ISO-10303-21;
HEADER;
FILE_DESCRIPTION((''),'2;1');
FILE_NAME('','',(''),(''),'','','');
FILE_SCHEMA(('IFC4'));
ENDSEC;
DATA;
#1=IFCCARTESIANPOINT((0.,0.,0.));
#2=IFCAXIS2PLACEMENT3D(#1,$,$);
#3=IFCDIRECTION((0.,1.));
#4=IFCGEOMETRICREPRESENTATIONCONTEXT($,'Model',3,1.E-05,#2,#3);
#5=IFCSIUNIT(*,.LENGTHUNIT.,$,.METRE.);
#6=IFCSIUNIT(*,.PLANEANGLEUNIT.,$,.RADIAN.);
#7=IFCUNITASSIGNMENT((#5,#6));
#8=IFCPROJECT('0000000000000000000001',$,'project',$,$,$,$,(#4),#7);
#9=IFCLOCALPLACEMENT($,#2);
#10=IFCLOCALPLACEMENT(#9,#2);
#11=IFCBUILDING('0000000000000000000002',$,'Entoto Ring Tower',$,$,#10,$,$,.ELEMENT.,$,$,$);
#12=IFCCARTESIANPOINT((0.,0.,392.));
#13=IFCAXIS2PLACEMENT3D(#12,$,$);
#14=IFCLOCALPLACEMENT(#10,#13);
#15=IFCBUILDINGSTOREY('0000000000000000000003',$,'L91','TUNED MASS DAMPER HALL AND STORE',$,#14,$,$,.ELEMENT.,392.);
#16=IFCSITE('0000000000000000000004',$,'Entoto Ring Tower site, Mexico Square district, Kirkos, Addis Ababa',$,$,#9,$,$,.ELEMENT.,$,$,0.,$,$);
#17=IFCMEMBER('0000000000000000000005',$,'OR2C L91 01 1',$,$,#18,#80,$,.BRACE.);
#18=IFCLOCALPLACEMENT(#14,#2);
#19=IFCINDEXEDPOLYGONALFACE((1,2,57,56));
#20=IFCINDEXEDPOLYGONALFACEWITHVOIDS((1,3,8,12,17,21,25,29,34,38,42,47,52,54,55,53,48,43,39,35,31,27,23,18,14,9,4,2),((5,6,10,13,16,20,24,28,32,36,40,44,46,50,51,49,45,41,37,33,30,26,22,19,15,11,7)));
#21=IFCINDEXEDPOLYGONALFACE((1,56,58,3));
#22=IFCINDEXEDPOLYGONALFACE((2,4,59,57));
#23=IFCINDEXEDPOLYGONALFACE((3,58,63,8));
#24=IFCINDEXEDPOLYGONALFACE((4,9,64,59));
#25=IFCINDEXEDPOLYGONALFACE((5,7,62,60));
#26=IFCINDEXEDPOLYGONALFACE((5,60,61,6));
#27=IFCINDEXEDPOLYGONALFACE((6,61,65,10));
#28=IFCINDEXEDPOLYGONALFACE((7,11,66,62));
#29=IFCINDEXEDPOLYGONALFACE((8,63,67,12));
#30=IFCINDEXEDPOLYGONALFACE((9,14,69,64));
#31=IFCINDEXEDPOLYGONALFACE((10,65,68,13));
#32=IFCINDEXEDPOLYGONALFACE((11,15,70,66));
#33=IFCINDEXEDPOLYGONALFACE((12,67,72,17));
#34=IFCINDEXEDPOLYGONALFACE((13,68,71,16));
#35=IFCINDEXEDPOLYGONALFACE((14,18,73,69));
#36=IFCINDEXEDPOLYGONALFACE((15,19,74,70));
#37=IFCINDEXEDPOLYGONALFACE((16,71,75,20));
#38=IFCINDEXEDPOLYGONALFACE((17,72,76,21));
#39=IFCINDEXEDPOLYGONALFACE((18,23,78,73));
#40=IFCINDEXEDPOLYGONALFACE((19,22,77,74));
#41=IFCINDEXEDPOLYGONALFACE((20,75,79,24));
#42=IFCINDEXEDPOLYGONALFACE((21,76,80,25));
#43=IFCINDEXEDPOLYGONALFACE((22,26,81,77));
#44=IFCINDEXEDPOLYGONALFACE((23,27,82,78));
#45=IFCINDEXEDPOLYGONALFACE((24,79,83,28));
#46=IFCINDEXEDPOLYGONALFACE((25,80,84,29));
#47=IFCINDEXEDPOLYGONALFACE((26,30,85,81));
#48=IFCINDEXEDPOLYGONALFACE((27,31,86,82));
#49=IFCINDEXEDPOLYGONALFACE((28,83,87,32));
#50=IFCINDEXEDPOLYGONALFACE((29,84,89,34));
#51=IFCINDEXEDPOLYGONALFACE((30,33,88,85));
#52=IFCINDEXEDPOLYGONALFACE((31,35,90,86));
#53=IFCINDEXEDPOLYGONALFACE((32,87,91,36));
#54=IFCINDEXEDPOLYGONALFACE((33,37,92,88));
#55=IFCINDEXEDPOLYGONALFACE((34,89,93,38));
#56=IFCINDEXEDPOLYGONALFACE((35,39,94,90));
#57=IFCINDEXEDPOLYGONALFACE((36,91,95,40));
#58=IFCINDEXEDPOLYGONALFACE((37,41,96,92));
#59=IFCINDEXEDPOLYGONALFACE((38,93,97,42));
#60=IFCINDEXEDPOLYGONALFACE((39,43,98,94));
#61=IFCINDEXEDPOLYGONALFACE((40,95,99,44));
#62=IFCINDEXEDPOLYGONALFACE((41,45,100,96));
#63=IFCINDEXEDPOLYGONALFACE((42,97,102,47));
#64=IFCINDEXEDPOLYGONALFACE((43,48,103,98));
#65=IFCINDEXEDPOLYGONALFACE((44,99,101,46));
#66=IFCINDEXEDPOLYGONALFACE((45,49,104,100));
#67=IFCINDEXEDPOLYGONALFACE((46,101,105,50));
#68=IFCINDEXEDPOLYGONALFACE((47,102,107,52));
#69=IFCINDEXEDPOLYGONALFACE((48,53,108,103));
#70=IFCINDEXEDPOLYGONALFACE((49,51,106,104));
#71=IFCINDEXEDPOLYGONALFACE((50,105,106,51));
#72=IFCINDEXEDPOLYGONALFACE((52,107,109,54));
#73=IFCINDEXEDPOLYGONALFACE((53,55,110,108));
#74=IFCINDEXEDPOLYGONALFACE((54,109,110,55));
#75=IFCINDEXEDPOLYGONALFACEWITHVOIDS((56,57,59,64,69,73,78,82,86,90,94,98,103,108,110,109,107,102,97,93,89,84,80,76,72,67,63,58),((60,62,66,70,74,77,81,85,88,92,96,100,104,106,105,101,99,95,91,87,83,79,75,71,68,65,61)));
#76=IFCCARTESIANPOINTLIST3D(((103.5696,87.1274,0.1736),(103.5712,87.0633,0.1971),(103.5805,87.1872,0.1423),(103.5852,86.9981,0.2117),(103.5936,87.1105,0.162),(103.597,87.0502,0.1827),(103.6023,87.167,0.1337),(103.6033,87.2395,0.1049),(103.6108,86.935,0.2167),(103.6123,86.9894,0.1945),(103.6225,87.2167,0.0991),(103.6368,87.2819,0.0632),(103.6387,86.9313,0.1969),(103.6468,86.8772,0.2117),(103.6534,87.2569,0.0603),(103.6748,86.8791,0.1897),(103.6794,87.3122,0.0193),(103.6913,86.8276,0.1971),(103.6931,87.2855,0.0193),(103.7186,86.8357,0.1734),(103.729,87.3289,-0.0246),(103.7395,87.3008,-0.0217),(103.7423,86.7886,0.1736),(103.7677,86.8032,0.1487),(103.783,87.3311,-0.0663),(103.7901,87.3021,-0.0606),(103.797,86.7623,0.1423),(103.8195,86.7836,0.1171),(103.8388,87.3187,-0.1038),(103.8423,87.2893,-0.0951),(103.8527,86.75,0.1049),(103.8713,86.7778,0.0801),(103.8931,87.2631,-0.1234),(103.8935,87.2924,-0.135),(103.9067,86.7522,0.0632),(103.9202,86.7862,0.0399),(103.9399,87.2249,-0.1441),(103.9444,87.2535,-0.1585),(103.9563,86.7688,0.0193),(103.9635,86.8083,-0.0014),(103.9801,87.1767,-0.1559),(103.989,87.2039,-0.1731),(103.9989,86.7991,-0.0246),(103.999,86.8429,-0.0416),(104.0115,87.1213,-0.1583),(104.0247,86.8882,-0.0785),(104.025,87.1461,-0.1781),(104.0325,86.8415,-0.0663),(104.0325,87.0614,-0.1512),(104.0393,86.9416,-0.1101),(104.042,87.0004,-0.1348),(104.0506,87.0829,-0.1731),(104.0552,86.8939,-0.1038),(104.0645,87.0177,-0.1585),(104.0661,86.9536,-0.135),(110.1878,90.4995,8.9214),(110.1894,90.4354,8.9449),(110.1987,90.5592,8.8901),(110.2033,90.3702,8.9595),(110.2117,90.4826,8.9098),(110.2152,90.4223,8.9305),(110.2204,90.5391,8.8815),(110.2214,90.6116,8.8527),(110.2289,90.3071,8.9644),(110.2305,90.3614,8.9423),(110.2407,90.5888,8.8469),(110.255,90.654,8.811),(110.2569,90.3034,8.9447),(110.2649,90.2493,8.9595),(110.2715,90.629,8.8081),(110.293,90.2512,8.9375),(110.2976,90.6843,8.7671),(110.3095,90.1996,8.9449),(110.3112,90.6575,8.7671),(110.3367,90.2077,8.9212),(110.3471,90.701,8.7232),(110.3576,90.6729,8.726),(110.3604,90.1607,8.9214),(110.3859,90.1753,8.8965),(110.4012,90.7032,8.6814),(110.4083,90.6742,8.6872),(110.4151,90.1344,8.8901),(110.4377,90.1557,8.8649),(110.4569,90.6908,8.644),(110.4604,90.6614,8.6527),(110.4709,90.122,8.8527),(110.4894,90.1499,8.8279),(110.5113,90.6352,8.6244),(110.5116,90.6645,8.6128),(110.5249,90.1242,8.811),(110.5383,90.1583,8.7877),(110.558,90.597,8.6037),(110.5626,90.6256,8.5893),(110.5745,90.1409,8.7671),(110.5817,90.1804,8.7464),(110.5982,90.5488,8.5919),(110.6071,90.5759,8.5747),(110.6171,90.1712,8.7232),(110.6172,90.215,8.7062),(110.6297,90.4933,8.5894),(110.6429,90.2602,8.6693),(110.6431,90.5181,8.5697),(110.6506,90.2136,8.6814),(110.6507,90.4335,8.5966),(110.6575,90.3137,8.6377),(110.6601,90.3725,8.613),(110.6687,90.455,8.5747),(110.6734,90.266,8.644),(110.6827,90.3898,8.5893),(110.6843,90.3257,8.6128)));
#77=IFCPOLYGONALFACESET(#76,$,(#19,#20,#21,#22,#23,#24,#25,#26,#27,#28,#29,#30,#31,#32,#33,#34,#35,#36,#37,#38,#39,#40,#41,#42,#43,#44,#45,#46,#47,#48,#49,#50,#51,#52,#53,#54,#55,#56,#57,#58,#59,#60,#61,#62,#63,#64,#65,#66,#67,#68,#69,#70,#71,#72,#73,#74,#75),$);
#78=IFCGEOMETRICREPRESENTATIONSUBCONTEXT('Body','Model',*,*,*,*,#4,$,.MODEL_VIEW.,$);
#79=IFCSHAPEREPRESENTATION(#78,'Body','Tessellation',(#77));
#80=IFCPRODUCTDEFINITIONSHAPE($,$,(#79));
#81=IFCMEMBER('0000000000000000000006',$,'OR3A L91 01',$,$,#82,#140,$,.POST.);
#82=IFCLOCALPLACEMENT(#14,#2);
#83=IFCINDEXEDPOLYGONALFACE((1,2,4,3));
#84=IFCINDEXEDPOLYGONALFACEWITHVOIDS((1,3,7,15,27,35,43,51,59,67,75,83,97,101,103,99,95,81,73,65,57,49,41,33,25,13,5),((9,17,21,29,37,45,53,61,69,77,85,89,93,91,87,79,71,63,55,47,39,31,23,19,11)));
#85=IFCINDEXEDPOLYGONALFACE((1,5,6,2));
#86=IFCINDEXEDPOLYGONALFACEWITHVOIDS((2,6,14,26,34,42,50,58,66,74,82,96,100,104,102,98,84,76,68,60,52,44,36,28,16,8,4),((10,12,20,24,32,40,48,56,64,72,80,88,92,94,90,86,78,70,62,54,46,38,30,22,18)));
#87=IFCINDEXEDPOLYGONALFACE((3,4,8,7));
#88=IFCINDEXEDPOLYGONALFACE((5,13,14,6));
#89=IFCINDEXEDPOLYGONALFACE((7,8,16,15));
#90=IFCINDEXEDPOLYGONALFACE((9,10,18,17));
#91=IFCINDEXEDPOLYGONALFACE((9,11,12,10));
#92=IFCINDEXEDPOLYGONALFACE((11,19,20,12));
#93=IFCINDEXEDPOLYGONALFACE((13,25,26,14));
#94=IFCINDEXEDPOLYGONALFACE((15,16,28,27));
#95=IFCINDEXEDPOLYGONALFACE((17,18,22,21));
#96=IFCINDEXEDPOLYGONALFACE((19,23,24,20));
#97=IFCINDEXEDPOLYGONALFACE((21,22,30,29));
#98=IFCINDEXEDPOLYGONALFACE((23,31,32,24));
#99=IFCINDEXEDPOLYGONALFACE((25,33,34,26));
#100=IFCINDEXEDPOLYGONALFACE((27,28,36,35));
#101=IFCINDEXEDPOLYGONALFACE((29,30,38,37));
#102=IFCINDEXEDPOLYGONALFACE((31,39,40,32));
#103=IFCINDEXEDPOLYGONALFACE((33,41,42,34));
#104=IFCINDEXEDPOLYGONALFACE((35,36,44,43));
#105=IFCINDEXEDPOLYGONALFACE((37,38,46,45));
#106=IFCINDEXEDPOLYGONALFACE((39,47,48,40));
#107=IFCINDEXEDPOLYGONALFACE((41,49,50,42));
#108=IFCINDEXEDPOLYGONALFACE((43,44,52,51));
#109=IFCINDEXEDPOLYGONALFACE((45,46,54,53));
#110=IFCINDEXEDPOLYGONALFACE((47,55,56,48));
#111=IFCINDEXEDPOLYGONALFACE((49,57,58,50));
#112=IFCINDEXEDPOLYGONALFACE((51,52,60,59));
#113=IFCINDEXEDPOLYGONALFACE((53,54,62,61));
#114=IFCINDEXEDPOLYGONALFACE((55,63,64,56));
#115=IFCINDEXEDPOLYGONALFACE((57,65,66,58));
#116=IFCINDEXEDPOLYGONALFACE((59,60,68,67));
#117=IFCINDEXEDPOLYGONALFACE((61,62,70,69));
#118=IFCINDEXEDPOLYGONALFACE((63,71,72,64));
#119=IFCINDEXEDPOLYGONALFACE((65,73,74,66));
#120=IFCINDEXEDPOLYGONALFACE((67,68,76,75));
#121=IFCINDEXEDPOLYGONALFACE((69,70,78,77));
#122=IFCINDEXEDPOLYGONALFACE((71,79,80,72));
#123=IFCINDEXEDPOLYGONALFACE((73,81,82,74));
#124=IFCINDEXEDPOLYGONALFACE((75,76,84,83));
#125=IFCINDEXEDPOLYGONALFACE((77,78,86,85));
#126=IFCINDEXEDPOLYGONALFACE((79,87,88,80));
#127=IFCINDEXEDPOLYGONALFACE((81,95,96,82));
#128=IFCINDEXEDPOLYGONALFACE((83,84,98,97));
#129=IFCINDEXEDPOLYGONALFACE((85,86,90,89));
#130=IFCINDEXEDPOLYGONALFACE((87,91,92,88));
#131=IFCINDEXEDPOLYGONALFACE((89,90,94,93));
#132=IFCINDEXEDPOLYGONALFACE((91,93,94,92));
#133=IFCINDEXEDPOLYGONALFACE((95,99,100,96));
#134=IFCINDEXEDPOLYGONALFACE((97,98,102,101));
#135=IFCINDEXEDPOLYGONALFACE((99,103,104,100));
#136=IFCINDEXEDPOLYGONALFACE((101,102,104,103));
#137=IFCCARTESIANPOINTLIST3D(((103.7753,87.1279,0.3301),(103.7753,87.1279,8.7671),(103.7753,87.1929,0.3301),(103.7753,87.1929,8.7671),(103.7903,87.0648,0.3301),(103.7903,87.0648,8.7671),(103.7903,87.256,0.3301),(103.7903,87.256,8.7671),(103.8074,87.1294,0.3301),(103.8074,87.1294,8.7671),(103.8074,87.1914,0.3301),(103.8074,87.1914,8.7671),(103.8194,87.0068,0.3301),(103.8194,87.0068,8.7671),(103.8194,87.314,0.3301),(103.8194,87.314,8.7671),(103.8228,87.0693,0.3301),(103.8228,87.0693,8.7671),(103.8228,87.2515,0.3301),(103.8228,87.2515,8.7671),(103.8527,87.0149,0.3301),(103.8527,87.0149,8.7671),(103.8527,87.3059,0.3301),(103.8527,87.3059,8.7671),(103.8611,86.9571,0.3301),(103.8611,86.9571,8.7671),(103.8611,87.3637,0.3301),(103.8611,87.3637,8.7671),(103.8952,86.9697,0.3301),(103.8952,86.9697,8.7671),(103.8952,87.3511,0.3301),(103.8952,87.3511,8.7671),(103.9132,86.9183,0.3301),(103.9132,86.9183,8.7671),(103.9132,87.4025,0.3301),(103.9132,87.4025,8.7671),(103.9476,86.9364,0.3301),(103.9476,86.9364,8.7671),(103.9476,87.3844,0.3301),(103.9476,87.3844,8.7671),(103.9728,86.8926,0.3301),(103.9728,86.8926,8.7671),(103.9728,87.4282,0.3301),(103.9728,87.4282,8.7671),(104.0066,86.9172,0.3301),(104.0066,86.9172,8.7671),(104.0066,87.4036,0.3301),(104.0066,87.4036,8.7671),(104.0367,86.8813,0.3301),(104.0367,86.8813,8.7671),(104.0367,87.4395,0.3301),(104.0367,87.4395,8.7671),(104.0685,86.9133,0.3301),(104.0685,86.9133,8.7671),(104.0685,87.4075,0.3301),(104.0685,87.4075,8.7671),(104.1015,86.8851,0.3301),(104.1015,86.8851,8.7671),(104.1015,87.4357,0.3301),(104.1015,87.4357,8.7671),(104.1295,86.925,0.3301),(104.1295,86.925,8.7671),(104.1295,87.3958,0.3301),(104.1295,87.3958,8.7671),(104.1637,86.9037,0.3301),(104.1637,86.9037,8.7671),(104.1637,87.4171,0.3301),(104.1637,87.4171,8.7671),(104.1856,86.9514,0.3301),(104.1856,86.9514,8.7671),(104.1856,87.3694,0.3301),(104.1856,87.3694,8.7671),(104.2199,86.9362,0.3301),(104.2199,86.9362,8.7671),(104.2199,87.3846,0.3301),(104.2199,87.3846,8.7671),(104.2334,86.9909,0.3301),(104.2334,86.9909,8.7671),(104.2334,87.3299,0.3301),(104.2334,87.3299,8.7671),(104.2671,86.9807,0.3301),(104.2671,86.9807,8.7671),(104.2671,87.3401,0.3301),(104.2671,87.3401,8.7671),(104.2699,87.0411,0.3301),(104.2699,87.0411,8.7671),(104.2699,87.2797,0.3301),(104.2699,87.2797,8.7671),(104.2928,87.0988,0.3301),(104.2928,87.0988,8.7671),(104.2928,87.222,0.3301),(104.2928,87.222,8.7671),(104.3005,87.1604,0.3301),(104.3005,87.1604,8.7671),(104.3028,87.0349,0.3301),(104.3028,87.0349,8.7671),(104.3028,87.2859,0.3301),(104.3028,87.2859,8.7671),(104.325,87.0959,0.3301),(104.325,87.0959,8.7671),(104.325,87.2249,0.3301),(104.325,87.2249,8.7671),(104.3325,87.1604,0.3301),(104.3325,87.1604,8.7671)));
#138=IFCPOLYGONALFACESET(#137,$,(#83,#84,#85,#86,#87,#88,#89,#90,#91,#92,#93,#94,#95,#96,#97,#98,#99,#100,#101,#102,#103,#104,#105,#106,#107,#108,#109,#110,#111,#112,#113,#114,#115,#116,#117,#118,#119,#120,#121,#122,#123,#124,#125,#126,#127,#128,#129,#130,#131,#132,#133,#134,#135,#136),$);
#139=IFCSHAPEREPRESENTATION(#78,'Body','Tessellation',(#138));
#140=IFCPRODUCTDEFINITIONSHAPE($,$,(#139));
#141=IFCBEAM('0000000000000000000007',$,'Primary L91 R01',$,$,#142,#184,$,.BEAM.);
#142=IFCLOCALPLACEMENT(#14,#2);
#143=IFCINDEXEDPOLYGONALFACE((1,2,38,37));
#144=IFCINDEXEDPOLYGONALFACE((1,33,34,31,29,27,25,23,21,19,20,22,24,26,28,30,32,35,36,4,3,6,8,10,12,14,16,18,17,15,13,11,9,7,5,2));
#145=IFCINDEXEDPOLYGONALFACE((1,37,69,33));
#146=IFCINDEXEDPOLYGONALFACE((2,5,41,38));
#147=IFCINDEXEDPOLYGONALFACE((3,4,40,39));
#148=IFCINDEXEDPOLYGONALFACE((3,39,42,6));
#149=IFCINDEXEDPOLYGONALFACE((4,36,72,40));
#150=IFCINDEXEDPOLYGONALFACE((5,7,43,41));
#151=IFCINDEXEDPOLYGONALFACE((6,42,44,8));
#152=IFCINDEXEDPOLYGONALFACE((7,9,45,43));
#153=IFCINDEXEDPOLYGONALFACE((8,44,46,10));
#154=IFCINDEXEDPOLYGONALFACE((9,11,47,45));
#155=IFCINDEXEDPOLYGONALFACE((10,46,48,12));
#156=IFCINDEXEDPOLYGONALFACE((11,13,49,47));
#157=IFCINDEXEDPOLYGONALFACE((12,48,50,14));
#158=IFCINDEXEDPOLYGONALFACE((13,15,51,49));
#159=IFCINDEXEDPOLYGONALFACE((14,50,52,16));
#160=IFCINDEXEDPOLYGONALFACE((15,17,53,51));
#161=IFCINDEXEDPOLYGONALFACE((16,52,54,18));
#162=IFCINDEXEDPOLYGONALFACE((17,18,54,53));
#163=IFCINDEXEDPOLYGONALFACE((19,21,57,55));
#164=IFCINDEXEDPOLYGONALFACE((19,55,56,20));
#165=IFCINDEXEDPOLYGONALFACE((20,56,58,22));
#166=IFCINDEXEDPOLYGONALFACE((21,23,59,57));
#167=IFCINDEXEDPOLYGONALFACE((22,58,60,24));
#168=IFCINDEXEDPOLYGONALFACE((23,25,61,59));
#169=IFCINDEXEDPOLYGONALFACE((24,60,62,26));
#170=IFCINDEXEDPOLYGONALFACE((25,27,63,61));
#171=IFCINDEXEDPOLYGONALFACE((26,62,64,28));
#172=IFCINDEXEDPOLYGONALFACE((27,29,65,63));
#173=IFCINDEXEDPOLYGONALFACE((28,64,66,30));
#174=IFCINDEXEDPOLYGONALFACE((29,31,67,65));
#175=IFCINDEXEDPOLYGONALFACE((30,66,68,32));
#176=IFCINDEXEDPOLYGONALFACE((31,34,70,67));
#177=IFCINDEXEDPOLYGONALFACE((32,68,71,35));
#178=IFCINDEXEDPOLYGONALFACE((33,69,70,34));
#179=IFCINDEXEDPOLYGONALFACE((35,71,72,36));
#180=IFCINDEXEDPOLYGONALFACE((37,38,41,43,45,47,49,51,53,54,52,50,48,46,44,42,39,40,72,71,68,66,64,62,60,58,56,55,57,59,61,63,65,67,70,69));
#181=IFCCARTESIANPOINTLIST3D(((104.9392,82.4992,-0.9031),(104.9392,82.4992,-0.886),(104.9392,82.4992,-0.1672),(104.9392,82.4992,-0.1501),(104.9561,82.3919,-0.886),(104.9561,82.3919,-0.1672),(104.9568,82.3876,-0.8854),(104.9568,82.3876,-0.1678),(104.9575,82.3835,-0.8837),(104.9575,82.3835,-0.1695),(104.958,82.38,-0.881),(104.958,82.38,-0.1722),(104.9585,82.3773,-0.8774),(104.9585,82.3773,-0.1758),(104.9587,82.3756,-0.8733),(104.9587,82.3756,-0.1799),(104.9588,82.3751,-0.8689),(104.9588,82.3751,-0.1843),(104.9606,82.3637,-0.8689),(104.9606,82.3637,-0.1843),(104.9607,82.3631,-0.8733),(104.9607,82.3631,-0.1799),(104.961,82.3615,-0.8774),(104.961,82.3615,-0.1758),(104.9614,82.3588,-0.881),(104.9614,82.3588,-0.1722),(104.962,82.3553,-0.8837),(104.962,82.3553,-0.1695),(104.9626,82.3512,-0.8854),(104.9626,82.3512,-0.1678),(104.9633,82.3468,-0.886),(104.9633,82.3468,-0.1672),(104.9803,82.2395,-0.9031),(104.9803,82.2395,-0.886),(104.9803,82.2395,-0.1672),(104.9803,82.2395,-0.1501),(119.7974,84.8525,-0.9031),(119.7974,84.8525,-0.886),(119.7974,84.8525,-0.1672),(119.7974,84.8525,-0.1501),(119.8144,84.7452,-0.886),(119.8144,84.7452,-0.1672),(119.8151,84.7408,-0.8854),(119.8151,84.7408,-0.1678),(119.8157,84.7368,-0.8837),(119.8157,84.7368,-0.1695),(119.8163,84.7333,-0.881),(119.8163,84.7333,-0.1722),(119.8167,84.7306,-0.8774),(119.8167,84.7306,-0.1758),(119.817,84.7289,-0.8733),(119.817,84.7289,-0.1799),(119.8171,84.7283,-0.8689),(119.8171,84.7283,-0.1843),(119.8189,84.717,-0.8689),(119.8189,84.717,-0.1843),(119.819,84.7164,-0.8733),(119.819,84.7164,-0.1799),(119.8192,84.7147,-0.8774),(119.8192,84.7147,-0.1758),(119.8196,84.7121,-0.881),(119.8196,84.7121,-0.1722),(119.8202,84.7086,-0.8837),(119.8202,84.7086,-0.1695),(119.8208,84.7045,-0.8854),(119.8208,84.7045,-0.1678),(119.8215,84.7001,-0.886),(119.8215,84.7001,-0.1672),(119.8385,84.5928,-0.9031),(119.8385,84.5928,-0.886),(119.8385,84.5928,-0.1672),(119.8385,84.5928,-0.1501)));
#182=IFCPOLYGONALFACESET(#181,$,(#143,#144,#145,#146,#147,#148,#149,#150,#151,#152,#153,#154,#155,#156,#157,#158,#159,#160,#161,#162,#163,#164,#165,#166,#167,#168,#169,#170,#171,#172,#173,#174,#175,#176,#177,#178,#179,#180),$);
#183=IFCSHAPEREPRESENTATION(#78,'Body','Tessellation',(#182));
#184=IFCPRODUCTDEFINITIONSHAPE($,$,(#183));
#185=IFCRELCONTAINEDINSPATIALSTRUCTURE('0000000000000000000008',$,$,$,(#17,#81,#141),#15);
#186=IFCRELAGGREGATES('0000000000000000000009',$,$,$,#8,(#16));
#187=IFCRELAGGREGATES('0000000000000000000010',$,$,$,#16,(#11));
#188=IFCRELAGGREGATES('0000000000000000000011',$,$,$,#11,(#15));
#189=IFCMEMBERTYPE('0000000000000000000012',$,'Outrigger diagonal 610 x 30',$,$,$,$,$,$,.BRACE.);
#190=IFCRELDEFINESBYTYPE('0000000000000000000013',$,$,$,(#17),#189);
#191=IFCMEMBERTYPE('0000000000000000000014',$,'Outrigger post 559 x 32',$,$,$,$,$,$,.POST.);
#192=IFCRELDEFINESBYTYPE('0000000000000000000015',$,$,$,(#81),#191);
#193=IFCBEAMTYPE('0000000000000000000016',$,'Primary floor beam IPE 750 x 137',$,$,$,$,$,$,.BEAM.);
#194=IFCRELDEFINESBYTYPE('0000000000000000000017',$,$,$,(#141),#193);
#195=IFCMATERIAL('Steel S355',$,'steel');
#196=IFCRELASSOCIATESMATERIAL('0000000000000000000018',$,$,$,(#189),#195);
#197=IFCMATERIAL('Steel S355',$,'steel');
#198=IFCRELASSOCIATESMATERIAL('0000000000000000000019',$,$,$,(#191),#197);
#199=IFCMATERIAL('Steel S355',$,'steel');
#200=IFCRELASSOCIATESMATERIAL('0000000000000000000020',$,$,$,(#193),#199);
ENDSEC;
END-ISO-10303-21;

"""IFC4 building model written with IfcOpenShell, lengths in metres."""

from ifc_helpers import new_model, si_unit, direction, frame, origin, origin_2d, place, context, subcontext, project, spatial, circle, hollow_circle, i_section, extrude, material, material_profile, profile_set, type_object, element, save


model = new_model("IFC4")

# Units and contexts
model_context = context("Model", 3, precision=1e-05, world=origin(), true_north=direction((0.0, 1.0)))
body_context = subcontext(model_context, "Body", "Model", "MODEL_VIEW")
ifc_project = project(units=[si_unit("LENGTHUNIT", "METRE"), si_unit("PLANEANGLEUNIT", "RADIAN")], contexts=[model_context])

# Site, building, storey
site_placement = place(None, origin())
site = spatial("IfcSite", under=ifc_project, at=site_placement, Name="Entoto Ring Tower site, Mexico Square district, Kirkos, Addis Ababa", CompositionType="ELEMENT", RefElevation=0.0)
building_placement = place(site_placement, origin())
building = spatial("IfcBuilding", under=site, at=building_placement, Name="Entoto Ring Tower", CompositionType="ELEMENT")
storey_placement = place(building_placement, frame((0.0, 0.0, 392.0)))
storey = spatial("IfcBuildingStorey", under=building, at=storey_placement, Name="L91", Description="TUNED MASS DAMPER HALL AND STORE", CompositionType="ELEMENT", Elevation=392.0)

# Members
ifc_material_1 = material(Name="Steel S355", Category="steel")
ifc_material_profile_1 = material_profile(ifc_material_1, hollow_circle(Radius=0.3049, WallThickness=0.03, at=origin_2d()), Name="CHS 610 x 30")
ifc_material_2 = material(Name="Concrete C60/75", Category="concrete")
ifc_material_profile_2 = material_profile(ifc_material_2, circle(Radius=0.2749, at=origin_2d()), Name="Concrete C60/75 infill")
ifc_profile_set_1 = profile_set([ifc_material_profile_1, ifc_material_profile_2], Name="Steel S355")
member_type_1 = type_object("IfcMemberType", Name="Outrigger diagonal 610 x 30", PredefinedType="BRACE", material=ifc_profile_set_1)
member_1_placement = place(storey_placement, frame((103.8179, 87.0405, 0.0193), z_axis=(0.576704, 0.293841, 0.76228), x_axis=(-0.453985, 0.891009, 0.0)))
element("IfcMember", 1, at=member_1_placement, inside=storey, type_object=member_type_1, Name="OR2C L91 01 1", PredefinedType="BRACE", context=body_context, shape_type="SweptSolid", body=[
    extrude(hollow_circle(Radius=0.3049, WallThickness=0.03, at=origin_2d()), origin(), (0.0, 0.0, 1.0), 11.4758),
])
ifc_material_3 = material(Name="Steel S355", Category="steel")
ifc_material_profile_3 = material_profile(ifc_material_3, hollow_circle(Radius=0.2795, WallThickness=0.032, at=origin_2d()), Name="CHS 559 x 32")
ifc_material_4 = material(Name="Concrete C60/75", Category="concrete")
ifc_material_profile_4 = material_profile(ifc_material_4, circle(Radius=0.2476, at=origin_2d()), Name="Concrete C60/75 infill")
ifc_profile_set_2 = profile_set([ifc_material_profile_3, ifc_material_profile_4], Name="Steel S355")
member_type_2 = type_object("IfcMemberType", Name="Outrigger post 559 x 32", PredefinedType="POST", material=ifc_profile_set_2)
member_2_placement = place(storey_placement, frame((104.053, 87.1604, 0.3301), z_axis=(0.0, 0.0, 1.0), x_axis=(1.0, 0.0, 0.0)))
element("IfcMember", 2, at=member_2_placement, inside=storey, type_object=member_type_2, Name="OR3A L91 01", PredefinedType="POST", context=body_context, shape_type="SweptSolid", body=[
    extrude(hollow_circle(Radius=0.2795, WallThickness=0.032, at=origin_2d()), origin(), (0.0, 0.0, 1.0), 8.437),
])

# Beam
ifc_material_5 = material(Name="Steel S355", Category="steel")
ifc_material_profile_5 = material_profile(ifc_material_5, i_section(OverallWidth=0.2629, OverallDepth=0.7529, WebThickness=0.0115, FlangeThickness=0.0171, FilletRadius=0.0171, at=origin_2d()), Name="IPE 750 x 137")
ifc_profile_set_3 = profile_set([ifc_material_profile_5], Name="Steel S355")
beam_type_1 = type_object("IfcBeamType", Name="Primary floor beam IPE 750 x 137", PredefinedType="BEAM", material=ifc_profile_set_3)
beam_1_placement = place(storey_placement, frame((104.9597, 82.3694, -0.5266), z_axis=(0.987689, 0.156433, 0.0), x_axis=(-0.156433, 0.987689, 0.0)))
element("IfcBeam", 3, at=beam_1_placement, inside=storey, type_object=beam_type_1, Name="Primary L91 R01", PredefinedType="BEAM", context=body_context, shape_type="SweptSolid", body=[
    extrude(i_section(OverallWidth=0.2629, OverallDepth=0.7529, WebThickness=0.0115, FlangeThickness=0.0171, FilletRadius=0.0171, at=origin_2d()), origin(), (0.0, 0.0, 1.0), 15.0435),
])

save(model, "model.ifc")
